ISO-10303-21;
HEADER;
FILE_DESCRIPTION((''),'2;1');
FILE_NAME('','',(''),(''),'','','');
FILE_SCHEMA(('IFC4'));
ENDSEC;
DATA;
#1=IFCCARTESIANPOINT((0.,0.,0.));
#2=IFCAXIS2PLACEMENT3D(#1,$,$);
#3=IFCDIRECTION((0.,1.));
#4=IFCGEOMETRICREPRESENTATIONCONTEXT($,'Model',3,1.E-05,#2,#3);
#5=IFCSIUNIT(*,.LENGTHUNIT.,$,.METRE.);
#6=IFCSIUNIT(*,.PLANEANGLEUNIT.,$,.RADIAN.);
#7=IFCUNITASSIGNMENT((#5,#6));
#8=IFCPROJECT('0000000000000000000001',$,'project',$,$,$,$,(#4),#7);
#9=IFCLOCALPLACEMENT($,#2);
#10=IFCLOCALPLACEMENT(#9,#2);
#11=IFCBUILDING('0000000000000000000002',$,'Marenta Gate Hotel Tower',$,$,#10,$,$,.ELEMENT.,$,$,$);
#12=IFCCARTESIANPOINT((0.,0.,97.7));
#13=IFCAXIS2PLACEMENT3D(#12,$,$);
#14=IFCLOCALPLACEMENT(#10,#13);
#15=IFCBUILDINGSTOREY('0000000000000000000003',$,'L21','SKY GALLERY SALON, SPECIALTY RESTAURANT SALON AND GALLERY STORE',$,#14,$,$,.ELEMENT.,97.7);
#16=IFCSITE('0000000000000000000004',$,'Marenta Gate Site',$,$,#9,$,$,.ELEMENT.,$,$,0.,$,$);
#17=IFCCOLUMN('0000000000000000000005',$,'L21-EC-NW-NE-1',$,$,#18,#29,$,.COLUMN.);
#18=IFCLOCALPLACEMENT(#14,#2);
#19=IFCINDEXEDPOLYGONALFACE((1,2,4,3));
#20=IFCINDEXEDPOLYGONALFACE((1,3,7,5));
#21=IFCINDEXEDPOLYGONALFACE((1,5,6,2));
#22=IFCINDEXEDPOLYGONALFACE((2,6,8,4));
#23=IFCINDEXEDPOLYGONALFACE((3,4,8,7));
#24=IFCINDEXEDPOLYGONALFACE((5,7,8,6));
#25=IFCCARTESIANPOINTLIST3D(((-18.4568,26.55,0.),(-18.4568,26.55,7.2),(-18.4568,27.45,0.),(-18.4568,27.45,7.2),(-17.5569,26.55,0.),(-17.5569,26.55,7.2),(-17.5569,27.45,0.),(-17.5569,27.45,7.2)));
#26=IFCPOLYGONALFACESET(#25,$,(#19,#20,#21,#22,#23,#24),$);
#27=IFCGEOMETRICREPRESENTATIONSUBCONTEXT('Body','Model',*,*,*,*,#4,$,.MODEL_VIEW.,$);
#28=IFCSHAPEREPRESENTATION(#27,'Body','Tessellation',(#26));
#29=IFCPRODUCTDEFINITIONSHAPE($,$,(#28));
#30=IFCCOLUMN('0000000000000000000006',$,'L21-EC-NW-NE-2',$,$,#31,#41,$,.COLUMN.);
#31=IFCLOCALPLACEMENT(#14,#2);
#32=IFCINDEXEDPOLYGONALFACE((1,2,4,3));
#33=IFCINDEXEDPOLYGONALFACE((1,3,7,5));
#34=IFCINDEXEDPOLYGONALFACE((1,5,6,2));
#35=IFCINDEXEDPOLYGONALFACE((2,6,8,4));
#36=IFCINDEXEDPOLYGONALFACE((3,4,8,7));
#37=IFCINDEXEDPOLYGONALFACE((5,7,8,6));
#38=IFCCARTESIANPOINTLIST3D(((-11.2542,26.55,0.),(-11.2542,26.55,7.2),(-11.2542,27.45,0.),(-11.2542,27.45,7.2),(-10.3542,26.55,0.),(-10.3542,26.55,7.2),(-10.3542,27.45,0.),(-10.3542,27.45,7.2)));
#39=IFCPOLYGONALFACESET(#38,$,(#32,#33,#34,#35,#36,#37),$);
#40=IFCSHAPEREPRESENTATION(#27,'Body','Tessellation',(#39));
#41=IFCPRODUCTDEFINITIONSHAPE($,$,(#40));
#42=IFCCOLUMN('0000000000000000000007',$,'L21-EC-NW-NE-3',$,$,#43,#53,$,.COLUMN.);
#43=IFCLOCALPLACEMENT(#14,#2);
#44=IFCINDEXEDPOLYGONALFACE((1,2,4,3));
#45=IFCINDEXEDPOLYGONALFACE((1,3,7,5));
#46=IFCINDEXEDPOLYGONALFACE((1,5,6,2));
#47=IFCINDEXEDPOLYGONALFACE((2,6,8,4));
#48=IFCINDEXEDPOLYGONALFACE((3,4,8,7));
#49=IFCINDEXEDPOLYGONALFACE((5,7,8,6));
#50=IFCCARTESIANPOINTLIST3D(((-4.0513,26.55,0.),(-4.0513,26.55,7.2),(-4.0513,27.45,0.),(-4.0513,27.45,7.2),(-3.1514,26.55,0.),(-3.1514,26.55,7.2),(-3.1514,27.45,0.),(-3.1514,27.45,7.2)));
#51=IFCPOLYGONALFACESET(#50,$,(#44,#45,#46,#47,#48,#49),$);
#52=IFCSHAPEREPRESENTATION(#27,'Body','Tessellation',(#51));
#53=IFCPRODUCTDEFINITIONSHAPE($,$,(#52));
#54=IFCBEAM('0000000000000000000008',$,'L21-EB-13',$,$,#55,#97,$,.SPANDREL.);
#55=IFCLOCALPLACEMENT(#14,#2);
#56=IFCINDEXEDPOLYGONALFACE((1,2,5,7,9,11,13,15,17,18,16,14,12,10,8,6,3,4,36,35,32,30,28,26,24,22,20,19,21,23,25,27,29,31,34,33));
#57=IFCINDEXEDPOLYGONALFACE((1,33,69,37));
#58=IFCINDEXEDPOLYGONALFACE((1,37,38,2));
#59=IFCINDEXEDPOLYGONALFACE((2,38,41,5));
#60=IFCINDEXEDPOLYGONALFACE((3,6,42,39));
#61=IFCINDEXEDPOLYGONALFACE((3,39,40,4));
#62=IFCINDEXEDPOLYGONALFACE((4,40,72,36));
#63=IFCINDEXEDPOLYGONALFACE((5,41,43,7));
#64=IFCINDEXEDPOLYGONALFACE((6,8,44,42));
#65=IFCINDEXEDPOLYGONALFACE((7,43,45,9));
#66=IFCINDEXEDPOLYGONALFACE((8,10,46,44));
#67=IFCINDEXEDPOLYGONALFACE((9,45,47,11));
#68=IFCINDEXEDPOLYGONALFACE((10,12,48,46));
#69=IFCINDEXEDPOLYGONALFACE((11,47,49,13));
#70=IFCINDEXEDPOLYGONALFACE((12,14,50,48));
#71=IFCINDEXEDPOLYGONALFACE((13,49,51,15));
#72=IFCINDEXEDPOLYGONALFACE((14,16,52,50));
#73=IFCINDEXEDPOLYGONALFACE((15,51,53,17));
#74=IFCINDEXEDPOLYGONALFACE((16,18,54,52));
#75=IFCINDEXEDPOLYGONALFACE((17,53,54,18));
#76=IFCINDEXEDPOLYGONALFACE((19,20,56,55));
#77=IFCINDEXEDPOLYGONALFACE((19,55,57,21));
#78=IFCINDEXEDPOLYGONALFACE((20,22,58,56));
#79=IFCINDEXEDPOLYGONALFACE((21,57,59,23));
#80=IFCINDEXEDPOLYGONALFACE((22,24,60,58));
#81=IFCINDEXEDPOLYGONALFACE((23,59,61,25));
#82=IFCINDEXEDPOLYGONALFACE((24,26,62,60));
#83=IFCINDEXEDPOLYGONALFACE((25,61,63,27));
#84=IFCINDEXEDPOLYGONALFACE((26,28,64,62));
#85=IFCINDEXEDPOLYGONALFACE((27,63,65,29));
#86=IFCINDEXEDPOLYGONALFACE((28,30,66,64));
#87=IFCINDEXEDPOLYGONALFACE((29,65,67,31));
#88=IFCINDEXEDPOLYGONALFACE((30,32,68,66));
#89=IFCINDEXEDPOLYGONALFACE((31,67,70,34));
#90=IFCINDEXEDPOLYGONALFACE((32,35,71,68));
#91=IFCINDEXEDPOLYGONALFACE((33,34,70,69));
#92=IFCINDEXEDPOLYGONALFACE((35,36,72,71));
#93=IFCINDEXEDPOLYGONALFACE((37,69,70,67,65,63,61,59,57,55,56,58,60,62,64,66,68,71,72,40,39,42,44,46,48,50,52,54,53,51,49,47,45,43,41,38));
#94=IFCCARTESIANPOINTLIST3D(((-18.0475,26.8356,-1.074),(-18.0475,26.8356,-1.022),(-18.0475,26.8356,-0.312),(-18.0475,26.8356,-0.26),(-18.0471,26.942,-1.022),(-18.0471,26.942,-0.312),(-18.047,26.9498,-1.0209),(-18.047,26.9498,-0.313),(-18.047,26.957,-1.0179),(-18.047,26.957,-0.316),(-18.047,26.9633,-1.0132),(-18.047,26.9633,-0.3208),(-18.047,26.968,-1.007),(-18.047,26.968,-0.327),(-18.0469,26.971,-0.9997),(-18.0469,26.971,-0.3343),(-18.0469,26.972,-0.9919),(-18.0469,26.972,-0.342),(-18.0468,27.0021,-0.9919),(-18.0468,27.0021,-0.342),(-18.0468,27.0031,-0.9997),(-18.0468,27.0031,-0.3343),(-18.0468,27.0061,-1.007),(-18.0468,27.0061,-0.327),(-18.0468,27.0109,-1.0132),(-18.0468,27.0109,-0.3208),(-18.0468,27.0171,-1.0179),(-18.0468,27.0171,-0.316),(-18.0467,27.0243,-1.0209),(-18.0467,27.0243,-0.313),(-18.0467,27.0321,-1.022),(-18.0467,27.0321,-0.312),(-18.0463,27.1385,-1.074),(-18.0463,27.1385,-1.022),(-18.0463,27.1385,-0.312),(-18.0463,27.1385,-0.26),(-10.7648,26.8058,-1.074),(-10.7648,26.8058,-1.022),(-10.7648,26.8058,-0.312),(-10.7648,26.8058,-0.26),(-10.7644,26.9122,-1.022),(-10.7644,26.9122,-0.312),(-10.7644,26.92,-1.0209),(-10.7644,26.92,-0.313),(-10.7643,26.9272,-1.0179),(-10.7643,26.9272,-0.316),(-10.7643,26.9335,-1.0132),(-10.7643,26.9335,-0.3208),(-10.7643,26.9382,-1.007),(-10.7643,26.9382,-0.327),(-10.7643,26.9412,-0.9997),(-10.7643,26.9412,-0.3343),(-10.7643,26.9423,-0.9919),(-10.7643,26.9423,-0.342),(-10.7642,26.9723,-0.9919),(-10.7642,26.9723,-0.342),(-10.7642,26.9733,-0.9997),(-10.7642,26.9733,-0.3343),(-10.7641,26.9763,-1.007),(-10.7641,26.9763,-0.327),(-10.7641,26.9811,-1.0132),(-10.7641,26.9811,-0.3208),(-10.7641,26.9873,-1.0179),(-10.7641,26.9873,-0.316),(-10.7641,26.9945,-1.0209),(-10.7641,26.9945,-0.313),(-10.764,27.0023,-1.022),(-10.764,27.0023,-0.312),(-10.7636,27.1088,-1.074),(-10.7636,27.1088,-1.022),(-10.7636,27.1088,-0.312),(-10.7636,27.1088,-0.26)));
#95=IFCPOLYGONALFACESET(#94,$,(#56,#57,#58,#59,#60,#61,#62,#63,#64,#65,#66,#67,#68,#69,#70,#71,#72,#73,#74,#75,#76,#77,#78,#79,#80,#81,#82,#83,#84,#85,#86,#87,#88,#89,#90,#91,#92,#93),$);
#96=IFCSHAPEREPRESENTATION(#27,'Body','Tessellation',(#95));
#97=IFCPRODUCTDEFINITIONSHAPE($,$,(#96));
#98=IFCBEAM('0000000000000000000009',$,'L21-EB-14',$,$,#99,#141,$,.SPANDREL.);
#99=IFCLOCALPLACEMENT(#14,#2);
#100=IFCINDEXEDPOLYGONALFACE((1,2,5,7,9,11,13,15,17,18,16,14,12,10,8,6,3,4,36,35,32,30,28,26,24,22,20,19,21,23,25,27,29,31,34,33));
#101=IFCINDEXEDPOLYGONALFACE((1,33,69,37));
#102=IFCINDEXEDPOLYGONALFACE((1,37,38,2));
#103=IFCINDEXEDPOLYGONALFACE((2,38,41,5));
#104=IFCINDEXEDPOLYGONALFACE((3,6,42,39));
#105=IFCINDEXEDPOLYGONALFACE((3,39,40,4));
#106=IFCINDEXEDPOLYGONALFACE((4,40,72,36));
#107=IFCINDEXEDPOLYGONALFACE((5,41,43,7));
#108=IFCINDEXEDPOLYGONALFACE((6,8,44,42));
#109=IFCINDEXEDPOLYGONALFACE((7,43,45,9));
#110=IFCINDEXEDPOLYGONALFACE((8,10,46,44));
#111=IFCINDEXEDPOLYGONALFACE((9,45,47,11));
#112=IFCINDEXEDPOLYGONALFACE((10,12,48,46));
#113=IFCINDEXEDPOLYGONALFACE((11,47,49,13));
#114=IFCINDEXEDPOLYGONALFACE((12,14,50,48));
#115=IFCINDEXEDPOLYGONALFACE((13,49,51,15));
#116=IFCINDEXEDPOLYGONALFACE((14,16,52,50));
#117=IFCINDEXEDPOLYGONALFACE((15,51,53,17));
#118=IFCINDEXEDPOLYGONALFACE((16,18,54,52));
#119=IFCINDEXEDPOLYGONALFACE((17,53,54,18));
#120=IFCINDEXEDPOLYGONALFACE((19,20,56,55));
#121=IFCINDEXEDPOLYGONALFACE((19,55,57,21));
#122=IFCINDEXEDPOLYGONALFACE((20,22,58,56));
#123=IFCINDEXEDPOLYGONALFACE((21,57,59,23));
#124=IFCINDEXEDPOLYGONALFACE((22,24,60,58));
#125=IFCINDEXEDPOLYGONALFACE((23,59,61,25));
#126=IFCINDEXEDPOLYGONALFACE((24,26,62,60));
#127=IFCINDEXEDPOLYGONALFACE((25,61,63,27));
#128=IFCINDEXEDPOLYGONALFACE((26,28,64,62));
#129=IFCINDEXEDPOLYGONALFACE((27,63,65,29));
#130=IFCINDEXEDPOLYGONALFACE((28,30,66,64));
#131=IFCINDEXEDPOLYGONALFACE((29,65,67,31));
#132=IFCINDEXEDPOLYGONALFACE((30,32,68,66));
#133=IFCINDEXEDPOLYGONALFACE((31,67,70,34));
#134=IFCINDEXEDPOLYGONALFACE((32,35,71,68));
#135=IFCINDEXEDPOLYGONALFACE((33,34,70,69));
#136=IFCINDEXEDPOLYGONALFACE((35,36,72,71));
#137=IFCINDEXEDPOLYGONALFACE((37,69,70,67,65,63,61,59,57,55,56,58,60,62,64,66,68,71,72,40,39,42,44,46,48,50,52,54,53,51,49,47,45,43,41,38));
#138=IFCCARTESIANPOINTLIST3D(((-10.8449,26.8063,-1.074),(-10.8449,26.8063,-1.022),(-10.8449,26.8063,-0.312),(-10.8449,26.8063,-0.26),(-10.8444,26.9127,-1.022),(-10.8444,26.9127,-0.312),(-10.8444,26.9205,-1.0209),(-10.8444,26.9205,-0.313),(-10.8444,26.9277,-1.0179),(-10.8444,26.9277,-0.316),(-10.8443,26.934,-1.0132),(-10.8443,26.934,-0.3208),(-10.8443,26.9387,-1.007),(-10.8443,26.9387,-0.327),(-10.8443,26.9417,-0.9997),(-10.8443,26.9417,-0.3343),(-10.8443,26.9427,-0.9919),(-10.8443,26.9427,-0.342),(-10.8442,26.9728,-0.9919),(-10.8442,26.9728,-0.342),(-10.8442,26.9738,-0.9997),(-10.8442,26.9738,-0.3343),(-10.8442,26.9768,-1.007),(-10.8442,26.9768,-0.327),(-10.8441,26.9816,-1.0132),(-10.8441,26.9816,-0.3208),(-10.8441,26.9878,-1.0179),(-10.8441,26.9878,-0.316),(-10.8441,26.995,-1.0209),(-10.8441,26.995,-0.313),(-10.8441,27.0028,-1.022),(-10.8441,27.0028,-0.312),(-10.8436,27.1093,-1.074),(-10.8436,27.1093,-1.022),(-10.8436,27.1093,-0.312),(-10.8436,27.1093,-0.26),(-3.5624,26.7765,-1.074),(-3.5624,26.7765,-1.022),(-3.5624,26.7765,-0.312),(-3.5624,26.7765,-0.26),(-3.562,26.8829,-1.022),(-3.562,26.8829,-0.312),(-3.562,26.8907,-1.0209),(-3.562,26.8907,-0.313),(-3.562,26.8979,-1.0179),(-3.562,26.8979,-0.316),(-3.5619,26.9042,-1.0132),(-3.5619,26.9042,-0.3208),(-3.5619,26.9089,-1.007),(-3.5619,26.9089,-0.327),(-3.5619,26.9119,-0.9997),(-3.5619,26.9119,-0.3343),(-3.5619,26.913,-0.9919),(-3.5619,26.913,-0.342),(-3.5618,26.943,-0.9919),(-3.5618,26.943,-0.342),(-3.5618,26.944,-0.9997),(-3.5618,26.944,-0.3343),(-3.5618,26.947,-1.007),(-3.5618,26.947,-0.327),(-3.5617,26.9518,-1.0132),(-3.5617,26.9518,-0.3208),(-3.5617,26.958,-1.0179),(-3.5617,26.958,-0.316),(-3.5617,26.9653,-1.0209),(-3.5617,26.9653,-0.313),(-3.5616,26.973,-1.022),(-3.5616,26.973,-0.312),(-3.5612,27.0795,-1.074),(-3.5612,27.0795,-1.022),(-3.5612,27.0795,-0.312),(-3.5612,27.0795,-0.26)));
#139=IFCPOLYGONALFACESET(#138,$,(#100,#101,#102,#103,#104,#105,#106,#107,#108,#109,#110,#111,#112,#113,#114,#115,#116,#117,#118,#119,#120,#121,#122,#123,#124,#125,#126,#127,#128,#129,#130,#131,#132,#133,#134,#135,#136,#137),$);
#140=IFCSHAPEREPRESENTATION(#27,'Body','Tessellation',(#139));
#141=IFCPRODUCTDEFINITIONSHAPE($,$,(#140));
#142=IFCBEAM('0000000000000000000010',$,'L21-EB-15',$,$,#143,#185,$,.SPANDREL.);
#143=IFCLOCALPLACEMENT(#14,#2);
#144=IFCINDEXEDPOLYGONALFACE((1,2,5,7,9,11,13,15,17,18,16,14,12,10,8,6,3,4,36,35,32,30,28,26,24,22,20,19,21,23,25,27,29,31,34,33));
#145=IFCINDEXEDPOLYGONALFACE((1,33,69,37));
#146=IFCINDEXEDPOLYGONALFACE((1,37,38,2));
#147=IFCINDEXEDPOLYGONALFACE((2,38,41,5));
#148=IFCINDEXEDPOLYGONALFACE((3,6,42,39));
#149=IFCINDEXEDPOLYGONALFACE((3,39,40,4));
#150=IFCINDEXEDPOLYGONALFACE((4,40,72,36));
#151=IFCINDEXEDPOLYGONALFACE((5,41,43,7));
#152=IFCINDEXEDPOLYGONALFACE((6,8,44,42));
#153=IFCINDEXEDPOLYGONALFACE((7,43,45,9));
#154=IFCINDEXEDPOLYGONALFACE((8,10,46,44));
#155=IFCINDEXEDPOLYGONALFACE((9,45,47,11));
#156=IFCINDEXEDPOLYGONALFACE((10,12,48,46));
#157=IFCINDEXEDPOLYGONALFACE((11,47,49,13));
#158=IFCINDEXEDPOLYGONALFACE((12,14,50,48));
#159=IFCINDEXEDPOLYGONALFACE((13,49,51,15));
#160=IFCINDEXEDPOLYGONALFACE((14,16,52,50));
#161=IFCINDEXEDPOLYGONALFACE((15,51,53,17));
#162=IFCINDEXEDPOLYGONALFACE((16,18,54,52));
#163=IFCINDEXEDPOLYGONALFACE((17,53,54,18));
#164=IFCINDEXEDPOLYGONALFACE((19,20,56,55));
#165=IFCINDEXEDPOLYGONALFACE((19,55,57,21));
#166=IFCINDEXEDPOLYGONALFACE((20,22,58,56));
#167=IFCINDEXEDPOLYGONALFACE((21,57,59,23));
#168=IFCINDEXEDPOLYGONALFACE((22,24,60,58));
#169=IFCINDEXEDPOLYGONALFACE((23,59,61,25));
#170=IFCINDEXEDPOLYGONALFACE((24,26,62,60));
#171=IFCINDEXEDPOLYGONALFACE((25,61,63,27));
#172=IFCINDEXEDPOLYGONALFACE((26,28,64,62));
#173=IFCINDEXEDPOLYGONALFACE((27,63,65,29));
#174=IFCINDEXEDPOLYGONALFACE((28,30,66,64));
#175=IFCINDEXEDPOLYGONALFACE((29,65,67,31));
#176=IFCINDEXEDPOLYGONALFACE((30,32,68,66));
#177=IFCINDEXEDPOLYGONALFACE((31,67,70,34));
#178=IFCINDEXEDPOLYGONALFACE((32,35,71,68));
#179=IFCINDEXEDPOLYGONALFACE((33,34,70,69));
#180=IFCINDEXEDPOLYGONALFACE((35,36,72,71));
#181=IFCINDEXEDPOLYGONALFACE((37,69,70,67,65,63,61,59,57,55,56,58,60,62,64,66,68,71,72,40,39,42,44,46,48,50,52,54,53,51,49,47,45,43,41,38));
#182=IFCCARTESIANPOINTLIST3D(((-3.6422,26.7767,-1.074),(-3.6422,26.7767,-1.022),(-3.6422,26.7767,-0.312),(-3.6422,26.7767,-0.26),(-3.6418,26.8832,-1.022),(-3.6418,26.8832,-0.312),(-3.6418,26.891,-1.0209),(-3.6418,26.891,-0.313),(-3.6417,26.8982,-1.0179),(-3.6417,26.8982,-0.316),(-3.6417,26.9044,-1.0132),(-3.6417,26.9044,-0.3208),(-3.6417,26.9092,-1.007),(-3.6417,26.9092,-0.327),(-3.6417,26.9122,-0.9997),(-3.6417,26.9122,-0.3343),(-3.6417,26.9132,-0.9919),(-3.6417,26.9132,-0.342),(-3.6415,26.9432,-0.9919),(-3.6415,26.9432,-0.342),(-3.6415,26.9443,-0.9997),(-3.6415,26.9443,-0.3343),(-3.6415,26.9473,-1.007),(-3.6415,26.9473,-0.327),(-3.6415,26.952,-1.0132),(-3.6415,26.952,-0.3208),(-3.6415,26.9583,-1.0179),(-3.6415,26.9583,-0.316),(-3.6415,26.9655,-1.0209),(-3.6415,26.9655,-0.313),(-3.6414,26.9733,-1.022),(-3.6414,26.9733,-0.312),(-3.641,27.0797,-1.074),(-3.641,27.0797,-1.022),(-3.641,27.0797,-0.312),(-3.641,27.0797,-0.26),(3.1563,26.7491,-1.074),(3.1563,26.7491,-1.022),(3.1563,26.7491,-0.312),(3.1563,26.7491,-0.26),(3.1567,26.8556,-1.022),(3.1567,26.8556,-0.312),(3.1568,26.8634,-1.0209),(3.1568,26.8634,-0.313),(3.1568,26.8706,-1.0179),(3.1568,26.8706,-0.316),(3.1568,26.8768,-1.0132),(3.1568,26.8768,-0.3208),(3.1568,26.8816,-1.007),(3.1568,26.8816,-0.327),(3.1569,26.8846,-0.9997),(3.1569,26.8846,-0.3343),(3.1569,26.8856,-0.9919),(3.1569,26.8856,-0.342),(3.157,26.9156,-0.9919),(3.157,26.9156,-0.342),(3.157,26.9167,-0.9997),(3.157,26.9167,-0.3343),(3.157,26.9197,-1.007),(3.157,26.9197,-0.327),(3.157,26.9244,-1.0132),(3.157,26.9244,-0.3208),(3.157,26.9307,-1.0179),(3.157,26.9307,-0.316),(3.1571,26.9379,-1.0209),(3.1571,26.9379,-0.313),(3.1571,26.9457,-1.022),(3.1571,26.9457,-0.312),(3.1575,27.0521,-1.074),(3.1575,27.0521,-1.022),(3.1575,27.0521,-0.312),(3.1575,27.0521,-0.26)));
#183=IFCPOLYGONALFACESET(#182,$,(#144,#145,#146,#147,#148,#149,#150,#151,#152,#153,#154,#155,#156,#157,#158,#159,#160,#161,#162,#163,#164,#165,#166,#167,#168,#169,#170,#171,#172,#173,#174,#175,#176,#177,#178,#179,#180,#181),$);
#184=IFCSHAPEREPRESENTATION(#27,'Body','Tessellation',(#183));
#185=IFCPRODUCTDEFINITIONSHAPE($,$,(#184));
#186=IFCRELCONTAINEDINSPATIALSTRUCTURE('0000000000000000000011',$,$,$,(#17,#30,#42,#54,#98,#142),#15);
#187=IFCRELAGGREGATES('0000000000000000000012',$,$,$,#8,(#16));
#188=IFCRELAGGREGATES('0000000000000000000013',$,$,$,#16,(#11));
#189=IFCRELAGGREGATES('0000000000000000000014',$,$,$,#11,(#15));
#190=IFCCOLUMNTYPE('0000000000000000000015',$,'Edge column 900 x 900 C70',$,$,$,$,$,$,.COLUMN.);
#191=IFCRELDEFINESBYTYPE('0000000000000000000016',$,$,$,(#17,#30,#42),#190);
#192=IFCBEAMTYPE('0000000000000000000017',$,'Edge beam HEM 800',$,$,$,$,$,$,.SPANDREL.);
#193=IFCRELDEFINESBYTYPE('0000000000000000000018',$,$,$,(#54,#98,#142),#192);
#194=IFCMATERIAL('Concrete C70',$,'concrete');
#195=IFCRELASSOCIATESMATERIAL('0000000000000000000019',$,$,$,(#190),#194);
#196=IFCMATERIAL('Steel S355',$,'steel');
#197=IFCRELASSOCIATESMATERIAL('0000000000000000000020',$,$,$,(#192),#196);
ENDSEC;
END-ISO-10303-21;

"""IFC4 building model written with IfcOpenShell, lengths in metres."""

from ifc_helpers import new_model, si_unit, direction, frame, origin, origin_2d, place, context, subcontext, project, spatial, rectangle, i_section, extrude, material, material_profile, profile_set, type_object, element, save


model = new_model("IFC4")

# Units and contexts
model_context = context("Model", 3, precision=1e-05, world=origin(), true_north=direction((0.0, 1.0)))
body_context = subcontext(model_context, "Body", "Model", "MODEL_VIEW")
ifc_project = project(units=[si_unit("LENGTHUNIT", "METRE"), si_unit("PLANEANGLEUNIT", "RADIAN")], contexts=[model_context])

# Site, building, storey
site_placement = place(None, origin())
site = spatial("IfcSite", under=ifc_project, at=site_placement, Name="Marenta Gate Site", CompositionType="ELEMENT", RefElevation=0.0)
building_placement = place(site_placement, origin())
building = spatial("IfcBuilding", under=site, at=building_placement, Name="Marenta Gate Hotel Tower", CompositionType="ELEMENT")
storey_placement = place(building_placement, frame((0.0, 0.0, 97.7)))
storey = spatial("IfcBuildingStorey", under=building, at=storey_placement, Name="L21", Description="SKY GALLERY SALON, SPECIALTY RESTAURANT SALON AND GALLERY STORE", CompositionType="ELEMENT", Elevation=97.7)

# Columns
ifc_material_1 = material(Name="Concrete C70", Category="concrete")
ifc_material_profile_1 = material_profile(ifc_material_1, rectangle(XDim=0.8999, YDim=0.8999, at=origin_2d()), Name="900 x 900")
ifc_profile_set_1 = profile_set([ifc_material_profile_1], Name="Concrete C70")
column_type = type_object("IfcColumnType", Name="Edge column 900 x 900 C70", PredefinedType="COLUMN", material=ifc_profile_set_1)
for number, where, z_axis, x_axis, name in (
    (1, (-18.0068, 27.0, 0.0), (0.0, 0.0, 1.0), (1.0, 0.0, 0.0), "L21-EC-NW-NE-1"),
    (2, (-10.8042, 27.0, 0.0), (0.0, 0.0, 1.0), (1.0, 0.0, 0.0), "L21-EC-NW-NE-2"),
    (3, (-3.6013, 27.0, 0.0), (0.0, 0.0, 1.0), (1.0, 0.0, 0.0), "L21-EC-NW-NE-3"),
):
    element("IfcColumn", number, at=place(storey_placement, frame(where, z_axis=z_axis, x_axis=x_axis)), inside=storey, type_object=column_type, Name=name, PredefinedType="COLUMN", context=body_context, shape_type="SweptSolid", body=[
        extrude(rectangle(XDim=0.8999, YDim=0.8999, at=origin_2d()), origin(), (0.0, 0.0, 1.0), 7.2),
    ])

# Beams
ifc_material_2 = material(Name="Steel S355", Category="steel")
ifc_material_profile_2 = material_profile(ifc_material_2, i_section(OverallWidth=0.303, OverallDepth=0.814, WebThickness=0.03, FlangeThickness=0.052, FilletRadius=0.03, at=origin_2d()), Name="HEM 800")
ifc_profile_set_2 = profile_set([ifc_material_profile_2], Name="Steel S355")
beam_type_1 = type_object("IfcBeamType", Name="Edge beam HEM 800", PredefinedType="SPANDREL", material=ifc_profile_set_2)
beam_1_placement = place(storey_placement, frame((-18.0469, 26.9871, -0.667), z_axis=(0.999992, -0.00409, 0.0), x_axis=(0.00409, 0.999992, 0.0)))
element("IfcBeam", 4, at=beam_1_placement, inside=storey, type_object=beam_type_1, Name="L21-EB-13", PredefinedType="SPANDREL", context=body_context, shape_type="SweptSolid", body=[
    extrude(i_section(OverallWidth=0.303, OverallDepth=0.814, WebThickness=0.03, FlangeThickness=0.052, FilletRadius=0.03, at=origin_2d()), origin(), (0.0, 0.0, 1.0), 7.2827),
])
beam_2_placement = place(storey_placement, frame((-10.8442, 26.9578, -0.667), z_axis=(0.999992, -0.00409, 0.0), x_axis=(0.00409, 0.999992, 0.0)))
element("IfcBeam", 5, at=beam_2_placement, inside=storey, type_object=beam_type_1, Name="L21-EB-14", PredefinedType="SPANDREL", context=body_context, shape_type="SweptSolid", body=[
    extrude(i_section(OverallWidth=0.303, OverallDepth=0.814, WebThickness=0.03, FlangeThickness=0.052, FilletRadius=0.03, at=origin_2d()), origin(), (0.0, 0.0, 1.0), 7.2825),
])
beam_3_placement = place(storey_placement, frame((-3.6416, 26.9282, -0.667), z_axis=(0.999992, -0.004058, 0.0), x_axis=(0.004058, 0.999992, 0.0)))
element("IfcBeam", 6, at=beam_3_placement, inside=storey, type_object=beam_type_1, Name="L21-EB-15", PredefinedType="SPANDREL", context=body_context, shape_type="SweptSolid", body=[
    extrude(i_section(OverallWidth=0.303, OverallDepth=0.814, WebThickness=0.03, FlangeThickness=0.052, FilletRadius=0.03, at=origin_2d()), origin(), (0.0, 0.0, 1.0), 6.7986),
])

save(model, "model.ifc")
